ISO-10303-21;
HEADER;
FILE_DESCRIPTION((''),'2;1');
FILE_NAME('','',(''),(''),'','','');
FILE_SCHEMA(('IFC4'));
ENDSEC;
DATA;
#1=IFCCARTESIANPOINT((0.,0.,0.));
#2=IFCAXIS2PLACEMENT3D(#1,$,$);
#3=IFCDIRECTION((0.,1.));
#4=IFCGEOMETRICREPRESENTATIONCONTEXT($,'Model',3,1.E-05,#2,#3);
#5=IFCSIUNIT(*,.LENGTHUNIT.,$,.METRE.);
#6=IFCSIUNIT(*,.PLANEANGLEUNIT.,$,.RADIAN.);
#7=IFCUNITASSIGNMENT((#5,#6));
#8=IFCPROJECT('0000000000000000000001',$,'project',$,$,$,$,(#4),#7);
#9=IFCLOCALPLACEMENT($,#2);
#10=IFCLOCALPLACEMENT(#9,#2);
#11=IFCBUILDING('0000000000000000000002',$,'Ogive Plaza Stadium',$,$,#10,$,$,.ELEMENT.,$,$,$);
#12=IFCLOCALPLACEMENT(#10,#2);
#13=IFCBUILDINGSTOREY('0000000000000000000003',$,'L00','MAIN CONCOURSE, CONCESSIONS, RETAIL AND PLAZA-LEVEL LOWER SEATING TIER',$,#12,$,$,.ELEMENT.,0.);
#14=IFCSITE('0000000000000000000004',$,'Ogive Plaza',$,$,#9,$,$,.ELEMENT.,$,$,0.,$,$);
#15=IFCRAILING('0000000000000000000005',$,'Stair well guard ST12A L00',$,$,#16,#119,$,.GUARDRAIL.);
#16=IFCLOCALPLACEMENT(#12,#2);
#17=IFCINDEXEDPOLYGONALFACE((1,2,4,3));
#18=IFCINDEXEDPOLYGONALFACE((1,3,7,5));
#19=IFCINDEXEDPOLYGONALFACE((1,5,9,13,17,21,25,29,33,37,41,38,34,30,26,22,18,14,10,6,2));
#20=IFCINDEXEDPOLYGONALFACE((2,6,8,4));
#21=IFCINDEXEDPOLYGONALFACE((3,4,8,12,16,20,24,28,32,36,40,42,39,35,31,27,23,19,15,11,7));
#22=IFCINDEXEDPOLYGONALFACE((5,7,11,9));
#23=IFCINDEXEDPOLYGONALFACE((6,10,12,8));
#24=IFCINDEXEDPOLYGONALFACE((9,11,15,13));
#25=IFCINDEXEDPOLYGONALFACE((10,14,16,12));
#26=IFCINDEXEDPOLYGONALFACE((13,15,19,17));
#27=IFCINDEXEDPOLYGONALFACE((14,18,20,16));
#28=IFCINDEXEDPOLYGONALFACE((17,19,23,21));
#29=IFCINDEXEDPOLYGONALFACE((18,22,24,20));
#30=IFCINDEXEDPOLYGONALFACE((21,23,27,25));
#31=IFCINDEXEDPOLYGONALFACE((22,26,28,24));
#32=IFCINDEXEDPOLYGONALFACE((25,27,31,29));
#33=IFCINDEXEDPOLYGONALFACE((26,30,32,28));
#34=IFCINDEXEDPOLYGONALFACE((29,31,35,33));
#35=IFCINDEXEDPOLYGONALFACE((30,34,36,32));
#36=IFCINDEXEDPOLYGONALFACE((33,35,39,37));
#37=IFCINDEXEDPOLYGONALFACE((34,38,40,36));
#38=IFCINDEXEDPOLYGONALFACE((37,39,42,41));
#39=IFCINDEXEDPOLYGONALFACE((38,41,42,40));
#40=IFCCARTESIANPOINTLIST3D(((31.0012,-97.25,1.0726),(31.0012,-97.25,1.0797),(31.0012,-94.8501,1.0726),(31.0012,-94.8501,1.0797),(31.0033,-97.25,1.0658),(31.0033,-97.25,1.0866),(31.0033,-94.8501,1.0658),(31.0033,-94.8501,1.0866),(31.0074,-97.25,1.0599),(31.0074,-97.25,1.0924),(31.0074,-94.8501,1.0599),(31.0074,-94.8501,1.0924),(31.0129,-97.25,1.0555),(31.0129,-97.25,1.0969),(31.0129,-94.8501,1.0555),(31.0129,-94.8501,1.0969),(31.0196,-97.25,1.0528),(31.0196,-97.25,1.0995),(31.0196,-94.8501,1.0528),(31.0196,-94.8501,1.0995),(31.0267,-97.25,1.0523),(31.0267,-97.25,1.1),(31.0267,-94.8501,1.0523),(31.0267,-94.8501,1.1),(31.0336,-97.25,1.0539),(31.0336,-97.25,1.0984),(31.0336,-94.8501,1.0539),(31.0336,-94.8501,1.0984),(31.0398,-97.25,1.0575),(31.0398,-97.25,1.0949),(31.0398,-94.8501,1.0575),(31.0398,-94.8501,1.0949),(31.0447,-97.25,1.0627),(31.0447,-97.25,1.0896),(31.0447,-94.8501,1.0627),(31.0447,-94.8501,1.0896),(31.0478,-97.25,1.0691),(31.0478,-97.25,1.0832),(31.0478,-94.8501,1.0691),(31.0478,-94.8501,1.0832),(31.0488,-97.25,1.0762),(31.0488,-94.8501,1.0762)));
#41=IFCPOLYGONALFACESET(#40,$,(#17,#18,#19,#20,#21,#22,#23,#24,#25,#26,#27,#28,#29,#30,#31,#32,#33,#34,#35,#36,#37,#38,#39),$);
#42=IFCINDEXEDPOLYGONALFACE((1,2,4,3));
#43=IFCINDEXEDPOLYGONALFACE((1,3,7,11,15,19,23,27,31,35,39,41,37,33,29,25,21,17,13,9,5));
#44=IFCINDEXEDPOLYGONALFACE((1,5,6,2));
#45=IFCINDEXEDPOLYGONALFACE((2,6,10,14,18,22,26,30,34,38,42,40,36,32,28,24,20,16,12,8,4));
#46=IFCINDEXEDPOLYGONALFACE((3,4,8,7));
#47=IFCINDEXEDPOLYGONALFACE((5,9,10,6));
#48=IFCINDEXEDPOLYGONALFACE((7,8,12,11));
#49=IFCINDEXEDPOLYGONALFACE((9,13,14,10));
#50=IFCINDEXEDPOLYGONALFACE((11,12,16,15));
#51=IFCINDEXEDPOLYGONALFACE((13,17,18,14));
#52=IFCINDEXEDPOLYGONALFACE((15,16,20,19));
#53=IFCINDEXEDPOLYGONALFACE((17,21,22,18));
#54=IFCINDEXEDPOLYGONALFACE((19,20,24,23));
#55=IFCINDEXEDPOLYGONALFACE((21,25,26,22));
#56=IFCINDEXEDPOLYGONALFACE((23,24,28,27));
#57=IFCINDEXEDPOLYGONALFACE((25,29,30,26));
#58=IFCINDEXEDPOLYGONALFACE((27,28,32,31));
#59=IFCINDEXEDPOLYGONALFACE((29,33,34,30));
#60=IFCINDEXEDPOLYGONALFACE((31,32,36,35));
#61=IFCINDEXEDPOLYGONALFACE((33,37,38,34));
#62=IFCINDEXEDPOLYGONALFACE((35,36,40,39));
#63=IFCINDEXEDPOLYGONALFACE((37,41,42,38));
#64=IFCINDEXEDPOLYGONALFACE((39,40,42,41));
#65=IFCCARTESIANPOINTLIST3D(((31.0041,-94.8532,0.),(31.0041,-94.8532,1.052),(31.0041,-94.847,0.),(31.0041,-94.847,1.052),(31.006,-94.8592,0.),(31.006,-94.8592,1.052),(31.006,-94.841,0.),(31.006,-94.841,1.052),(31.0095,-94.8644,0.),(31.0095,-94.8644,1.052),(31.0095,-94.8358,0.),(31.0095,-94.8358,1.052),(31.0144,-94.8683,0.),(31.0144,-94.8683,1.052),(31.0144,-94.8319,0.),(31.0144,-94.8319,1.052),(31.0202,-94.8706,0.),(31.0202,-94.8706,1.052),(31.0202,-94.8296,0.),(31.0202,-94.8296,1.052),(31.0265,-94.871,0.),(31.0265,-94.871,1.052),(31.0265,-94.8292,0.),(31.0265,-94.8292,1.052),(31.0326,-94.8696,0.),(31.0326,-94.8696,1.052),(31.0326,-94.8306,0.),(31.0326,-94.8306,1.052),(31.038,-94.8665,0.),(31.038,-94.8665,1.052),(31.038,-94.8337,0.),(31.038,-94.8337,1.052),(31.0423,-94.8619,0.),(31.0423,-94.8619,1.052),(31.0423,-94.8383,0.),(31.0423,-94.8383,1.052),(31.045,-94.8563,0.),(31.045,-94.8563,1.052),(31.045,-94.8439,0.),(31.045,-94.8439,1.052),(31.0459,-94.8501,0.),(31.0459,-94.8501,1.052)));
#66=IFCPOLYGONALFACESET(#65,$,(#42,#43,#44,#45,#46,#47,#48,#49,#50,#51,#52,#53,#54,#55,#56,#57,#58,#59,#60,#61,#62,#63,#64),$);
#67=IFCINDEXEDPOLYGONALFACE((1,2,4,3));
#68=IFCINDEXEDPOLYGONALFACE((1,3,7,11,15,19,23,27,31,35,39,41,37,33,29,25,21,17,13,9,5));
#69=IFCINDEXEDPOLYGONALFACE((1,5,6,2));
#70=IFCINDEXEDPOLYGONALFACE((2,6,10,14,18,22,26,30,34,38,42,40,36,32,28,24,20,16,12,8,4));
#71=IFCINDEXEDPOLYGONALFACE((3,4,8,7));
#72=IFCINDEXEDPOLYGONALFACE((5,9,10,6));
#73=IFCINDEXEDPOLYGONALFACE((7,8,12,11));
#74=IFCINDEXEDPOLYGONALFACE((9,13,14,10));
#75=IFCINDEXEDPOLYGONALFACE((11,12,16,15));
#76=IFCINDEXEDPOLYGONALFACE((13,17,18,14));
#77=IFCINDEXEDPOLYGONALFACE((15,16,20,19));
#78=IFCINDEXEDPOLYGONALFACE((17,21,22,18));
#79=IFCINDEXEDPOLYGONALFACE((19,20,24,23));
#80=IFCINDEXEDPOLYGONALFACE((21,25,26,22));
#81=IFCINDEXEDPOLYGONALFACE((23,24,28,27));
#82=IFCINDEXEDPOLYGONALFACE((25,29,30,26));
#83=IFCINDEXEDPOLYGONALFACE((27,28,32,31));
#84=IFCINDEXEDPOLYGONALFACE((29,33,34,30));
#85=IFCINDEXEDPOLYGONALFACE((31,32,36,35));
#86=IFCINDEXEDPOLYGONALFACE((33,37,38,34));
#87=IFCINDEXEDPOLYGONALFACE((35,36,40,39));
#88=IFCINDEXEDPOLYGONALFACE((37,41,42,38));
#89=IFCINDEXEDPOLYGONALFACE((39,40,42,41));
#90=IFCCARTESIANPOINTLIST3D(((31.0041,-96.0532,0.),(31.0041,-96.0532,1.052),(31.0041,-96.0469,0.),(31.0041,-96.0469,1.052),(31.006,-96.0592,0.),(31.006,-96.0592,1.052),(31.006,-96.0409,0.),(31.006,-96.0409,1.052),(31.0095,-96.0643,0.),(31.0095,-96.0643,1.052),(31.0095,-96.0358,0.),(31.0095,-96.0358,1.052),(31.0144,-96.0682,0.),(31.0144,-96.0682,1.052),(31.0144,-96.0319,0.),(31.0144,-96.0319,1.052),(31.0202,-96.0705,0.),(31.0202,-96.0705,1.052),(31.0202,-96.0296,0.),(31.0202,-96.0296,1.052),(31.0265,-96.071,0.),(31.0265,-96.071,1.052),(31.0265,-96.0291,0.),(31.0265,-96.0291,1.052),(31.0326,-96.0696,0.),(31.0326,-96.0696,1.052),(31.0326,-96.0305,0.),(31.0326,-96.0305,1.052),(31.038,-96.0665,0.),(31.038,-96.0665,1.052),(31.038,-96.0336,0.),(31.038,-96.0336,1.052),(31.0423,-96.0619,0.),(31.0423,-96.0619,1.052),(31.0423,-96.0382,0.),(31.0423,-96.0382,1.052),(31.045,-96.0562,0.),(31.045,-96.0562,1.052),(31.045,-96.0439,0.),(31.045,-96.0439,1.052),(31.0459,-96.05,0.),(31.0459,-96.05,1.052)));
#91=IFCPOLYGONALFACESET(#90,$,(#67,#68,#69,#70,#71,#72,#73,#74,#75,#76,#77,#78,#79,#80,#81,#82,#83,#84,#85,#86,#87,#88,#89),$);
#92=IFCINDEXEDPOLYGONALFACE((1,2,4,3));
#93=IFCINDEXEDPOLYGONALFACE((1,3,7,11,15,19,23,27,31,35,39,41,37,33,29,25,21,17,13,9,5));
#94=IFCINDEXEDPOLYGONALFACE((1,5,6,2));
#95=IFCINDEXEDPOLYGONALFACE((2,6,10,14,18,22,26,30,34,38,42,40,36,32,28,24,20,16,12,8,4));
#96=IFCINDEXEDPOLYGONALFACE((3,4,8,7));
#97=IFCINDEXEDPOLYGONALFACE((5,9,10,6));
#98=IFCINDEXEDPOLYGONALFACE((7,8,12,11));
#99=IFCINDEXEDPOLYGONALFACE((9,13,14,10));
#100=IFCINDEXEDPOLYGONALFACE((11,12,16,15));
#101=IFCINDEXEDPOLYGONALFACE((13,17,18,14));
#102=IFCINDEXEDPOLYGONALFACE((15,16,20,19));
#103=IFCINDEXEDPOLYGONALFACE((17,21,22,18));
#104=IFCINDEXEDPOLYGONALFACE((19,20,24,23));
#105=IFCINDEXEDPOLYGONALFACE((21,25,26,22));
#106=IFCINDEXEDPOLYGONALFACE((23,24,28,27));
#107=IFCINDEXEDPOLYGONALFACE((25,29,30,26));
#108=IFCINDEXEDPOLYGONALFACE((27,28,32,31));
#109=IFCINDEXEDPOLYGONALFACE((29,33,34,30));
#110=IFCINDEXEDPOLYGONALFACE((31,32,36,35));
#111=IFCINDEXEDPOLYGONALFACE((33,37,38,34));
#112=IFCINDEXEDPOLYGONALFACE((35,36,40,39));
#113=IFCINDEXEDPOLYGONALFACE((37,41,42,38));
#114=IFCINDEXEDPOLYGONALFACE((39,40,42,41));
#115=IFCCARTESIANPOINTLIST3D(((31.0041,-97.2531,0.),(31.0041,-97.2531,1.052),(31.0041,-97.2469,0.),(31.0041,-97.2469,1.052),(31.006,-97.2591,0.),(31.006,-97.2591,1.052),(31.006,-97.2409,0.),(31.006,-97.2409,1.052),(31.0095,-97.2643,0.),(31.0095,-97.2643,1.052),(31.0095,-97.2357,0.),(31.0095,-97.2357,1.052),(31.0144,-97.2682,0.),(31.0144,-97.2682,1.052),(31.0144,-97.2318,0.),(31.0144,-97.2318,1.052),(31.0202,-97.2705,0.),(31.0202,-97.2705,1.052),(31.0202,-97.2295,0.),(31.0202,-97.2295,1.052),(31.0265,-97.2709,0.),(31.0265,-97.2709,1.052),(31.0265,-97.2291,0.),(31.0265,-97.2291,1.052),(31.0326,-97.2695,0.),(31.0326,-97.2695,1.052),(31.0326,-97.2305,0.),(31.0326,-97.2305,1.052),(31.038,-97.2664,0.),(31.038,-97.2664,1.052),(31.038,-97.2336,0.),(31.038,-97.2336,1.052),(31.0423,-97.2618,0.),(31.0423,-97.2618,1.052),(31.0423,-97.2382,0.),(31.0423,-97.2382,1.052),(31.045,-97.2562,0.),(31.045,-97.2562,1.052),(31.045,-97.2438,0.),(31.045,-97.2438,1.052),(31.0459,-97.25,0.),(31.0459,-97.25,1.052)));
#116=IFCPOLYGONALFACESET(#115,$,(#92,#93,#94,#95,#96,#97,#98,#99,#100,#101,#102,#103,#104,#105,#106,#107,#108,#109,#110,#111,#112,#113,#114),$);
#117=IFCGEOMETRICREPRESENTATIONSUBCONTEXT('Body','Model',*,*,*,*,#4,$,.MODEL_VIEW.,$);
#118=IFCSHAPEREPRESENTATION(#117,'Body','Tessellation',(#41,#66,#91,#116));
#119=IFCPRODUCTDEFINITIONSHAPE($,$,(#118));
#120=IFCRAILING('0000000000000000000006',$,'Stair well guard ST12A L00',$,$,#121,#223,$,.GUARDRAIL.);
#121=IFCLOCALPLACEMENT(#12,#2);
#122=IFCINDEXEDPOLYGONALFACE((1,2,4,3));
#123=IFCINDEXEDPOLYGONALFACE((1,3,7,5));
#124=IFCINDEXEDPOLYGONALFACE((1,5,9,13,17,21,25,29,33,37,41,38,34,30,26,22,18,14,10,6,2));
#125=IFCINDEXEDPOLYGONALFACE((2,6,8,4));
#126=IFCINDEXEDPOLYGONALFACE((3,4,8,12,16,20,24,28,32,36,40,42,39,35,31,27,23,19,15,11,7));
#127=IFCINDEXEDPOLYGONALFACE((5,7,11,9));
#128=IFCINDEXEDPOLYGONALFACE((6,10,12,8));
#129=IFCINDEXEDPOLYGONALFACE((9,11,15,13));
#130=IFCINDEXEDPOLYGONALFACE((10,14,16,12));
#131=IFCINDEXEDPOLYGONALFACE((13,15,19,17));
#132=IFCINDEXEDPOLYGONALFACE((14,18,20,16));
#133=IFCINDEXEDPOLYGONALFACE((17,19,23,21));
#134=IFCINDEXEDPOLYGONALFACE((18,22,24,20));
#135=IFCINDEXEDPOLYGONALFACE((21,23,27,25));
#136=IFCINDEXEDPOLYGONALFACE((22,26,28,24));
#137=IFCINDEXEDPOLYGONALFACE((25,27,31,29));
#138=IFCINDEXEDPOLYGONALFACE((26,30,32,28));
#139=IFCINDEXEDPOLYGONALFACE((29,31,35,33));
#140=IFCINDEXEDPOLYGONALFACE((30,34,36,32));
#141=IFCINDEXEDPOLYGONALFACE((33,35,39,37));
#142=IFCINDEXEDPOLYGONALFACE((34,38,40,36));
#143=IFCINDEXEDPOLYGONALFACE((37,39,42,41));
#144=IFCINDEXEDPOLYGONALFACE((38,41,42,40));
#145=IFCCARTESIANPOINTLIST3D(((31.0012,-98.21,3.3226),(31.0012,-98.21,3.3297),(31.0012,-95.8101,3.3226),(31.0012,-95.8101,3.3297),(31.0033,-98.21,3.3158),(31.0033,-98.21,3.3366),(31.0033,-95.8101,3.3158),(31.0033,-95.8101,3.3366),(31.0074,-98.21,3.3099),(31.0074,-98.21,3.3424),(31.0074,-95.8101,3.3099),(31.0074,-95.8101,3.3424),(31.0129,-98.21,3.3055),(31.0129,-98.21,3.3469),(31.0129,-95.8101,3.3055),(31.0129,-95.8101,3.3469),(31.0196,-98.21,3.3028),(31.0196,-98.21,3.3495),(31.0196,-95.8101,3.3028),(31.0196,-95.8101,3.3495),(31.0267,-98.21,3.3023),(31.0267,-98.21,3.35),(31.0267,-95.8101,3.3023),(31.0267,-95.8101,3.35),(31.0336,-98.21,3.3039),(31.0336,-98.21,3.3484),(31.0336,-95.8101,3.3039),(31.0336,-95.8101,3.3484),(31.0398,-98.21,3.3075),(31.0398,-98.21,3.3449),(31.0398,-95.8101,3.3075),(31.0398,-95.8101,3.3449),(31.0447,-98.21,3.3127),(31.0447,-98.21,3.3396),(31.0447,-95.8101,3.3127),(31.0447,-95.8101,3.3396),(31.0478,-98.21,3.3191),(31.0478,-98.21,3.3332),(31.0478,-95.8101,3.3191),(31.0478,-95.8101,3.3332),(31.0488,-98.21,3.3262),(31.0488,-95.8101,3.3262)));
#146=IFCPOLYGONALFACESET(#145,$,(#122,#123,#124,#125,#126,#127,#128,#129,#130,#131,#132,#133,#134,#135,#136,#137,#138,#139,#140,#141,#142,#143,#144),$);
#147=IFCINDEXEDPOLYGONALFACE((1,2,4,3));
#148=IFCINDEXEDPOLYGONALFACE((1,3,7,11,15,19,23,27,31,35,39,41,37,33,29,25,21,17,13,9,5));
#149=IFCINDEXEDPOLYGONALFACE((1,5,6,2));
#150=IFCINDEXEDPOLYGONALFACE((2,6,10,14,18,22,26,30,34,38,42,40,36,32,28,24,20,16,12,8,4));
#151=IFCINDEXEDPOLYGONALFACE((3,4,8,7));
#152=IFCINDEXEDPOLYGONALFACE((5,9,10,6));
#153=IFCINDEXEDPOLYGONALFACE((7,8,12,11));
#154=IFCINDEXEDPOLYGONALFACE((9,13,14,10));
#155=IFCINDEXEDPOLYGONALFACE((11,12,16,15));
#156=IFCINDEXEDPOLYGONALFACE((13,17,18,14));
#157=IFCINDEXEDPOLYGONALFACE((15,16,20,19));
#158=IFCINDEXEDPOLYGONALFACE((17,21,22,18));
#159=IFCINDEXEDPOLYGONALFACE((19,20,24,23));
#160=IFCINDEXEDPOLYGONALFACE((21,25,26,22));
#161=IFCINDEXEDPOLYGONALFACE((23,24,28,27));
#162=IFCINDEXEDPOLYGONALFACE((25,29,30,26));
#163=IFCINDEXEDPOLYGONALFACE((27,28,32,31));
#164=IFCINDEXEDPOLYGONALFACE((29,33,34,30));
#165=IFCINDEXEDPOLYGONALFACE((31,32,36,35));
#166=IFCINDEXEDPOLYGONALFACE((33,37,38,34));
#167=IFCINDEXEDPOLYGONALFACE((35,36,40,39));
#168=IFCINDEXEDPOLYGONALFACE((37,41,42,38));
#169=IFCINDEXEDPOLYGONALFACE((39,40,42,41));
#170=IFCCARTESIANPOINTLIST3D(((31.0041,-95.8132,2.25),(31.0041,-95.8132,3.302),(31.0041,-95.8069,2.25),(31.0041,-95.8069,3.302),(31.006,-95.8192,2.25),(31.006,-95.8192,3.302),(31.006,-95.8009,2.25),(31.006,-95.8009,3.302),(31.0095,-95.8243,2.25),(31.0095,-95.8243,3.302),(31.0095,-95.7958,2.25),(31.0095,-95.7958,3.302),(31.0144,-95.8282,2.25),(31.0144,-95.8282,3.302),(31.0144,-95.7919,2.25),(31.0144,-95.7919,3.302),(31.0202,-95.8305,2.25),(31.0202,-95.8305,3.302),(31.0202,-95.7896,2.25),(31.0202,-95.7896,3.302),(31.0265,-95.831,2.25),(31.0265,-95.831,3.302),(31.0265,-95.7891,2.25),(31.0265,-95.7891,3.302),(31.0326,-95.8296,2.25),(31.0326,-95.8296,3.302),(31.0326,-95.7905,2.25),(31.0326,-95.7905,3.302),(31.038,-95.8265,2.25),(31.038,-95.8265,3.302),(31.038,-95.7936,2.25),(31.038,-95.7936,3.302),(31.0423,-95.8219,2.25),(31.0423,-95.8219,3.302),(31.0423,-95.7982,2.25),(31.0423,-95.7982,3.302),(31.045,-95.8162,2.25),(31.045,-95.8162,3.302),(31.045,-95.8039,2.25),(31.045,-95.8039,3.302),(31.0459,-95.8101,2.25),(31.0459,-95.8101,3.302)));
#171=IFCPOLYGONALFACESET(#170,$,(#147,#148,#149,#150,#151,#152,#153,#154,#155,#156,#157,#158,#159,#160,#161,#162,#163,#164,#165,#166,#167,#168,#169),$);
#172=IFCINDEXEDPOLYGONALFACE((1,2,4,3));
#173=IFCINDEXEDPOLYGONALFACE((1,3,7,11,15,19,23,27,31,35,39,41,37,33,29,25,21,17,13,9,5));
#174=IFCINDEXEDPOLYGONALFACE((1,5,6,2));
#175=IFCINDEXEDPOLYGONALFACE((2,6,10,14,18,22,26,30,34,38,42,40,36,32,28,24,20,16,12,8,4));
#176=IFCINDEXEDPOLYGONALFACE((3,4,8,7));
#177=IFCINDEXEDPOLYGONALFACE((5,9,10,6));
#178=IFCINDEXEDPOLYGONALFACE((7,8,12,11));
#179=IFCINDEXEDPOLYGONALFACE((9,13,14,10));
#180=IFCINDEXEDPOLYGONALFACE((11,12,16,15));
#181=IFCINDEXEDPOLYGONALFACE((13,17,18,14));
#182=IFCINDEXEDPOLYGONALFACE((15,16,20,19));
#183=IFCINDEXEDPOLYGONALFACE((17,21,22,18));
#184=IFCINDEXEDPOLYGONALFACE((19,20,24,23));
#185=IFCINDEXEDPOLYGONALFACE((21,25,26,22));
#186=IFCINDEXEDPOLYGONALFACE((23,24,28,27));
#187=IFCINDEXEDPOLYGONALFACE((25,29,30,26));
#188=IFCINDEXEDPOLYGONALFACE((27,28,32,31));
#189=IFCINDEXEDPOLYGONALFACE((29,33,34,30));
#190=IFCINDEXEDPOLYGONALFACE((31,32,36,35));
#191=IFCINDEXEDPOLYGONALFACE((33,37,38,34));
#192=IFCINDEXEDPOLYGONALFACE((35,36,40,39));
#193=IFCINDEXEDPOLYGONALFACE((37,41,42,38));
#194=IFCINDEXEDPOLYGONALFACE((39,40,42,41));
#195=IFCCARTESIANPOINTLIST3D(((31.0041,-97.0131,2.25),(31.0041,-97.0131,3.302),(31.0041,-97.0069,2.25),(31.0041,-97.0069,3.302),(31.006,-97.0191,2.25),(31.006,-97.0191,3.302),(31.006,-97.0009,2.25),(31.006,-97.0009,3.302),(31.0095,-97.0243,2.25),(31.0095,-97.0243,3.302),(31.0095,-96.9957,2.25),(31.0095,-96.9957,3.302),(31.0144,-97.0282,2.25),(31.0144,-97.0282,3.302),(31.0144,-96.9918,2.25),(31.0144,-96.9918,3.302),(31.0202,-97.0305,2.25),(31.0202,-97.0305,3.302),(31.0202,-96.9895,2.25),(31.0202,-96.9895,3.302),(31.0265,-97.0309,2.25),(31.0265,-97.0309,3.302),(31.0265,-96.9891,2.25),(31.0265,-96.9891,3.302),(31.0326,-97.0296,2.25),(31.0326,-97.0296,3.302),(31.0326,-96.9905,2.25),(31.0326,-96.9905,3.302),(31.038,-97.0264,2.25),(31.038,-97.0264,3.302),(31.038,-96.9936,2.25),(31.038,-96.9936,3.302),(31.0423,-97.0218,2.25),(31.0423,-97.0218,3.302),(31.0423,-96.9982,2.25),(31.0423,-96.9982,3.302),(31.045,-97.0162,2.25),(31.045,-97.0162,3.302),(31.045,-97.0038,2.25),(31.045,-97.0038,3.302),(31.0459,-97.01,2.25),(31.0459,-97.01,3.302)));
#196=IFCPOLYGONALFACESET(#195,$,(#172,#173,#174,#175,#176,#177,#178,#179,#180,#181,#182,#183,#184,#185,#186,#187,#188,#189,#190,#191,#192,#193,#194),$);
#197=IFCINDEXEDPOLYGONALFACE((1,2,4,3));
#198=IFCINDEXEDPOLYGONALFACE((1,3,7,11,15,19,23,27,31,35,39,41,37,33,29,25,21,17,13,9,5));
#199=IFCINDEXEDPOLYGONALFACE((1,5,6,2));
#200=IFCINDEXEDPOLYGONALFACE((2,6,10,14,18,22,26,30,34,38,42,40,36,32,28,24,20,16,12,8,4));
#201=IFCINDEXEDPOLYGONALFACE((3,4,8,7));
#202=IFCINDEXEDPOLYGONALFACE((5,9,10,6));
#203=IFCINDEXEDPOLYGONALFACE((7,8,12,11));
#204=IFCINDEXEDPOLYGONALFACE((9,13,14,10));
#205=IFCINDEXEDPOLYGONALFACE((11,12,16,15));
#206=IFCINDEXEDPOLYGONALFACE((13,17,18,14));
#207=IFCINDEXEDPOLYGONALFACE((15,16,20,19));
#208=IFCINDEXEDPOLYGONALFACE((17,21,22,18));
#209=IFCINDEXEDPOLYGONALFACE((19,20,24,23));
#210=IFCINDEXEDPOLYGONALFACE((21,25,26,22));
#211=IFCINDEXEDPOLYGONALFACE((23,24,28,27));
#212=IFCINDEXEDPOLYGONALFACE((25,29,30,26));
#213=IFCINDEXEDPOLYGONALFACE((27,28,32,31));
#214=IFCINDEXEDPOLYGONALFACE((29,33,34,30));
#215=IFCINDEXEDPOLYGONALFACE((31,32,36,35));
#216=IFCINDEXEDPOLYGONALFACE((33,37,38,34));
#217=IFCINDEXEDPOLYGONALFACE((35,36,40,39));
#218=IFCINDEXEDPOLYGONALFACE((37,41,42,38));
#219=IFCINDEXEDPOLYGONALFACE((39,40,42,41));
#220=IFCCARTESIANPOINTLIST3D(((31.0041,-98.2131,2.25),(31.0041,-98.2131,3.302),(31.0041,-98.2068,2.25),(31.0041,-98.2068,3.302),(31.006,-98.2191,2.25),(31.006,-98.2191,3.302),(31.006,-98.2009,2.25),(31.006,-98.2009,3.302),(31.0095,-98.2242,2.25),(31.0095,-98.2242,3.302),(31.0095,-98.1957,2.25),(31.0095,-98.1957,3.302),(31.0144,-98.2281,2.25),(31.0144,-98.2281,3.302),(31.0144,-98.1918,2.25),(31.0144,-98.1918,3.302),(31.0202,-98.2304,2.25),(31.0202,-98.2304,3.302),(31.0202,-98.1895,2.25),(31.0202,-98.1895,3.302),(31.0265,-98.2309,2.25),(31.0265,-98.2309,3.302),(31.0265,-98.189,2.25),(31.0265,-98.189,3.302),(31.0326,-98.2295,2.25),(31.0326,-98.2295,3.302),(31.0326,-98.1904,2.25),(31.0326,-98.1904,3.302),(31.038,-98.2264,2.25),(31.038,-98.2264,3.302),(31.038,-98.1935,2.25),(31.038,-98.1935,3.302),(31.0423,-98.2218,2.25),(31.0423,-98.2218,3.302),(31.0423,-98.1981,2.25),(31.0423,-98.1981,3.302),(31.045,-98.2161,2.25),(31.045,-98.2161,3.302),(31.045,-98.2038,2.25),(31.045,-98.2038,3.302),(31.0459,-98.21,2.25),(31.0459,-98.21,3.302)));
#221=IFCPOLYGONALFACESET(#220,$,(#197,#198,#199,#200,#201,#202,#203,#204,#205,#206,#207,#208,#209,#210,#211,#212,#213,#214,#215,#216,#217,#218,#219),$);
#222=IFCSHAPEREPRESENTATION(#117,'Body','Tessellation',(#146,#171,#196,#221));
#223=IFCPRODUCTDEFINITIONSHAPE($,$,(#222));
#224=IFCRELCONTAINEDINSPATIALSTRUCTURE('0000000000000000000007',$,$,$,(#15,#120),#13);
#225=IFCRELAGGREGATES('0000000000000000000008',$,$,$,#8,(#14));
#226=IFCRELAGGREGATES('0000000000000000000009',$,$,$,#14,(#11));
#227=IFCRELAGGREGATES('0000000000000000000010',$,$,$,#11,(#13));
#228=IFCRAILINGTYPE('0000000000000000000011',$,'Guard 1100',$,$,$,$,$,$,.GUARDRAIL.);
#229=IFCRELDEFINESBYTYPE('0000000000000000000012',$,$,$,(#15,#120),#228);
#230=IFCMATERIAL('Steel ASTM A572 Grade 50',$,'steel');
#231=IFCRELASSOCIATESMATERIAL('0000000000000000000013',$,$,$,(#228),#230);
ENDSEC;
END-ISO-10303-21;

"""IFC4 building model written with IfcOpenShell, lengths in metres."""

from ifc_helpers import new_model, si_unit, direction, frame, origin, origin_2d, place, context, subcontext, project, spatial, circle, extrude, material, type_object, element, save


model = new_model("IFC4")

# Units and contexts
model_context = context("Model", 3, precision=1e-05, world=origin(), true_north=direction((0.0, 1.0)))
body_context = subcontext(model_context, "Body", "Model", "MODEL_VIEW")
ifc_project = project(units=[si_unit("LENGTHUNIT", "METRE"), si_unit("PLANEANGLEUNIT", "RADIAN")], contexts=[model_context])

# Site, building, storey
site_placement = place(None, origin())
site = spatial("IfcSite", under=ifc_project, at=site_placement, Name="Ogive Plaza", CompositionType="ELEMENT", RefElevation=0.0)
building_placement = place(site_placement, origin())
building = spatial("IfcBuilding", under=site, at=building_placement, Name="Ogive Plaza Stadium", CompositionType="ELEMENT")
storey_placement = place(building_placement, origin())
storey = spatial("IfcBuildingStorey", under=building, at=storey_placement, Name="L00", Description="MAIN CONCOURSE, CONCESSIONS, RETAIL AND PLAZA-LEVEL LOWER SEATING TIER", CompositionType="ELEMENT", Elevation=0.0)

# Railings
ifc_material_1 = material(Name="Steel ASTM A572 Grade 50", Category="steel")
railing_type_1 = type_object("IfcRailingType", Name="Guard 1100", PredefinedType="GUARDRAIL", material=ifc_material_1)
for number, where, name in (
    (1, (31.0249, -94.8501, 0.0), "Stair well guard ST12A L00"),
    (2, (31.0249, -95.8101, 2.25), "Stair well guard ST12A L00"),
):
    element("IfcRailing", number, at=place(storey_placement, frame(where)), inside=storey, type_object=railing_type_1, Name=name, PredefinedType="GUARDRAIL", context=body_context, shape_type="SweptSolid", body=[
        extrude(circle(Radius=0.0239, at=origin_2d()), frame((0.0, 0.0, 1.0762), z_axis=(0.0, -1.0, 0.0), x_axis=(1.0, 0.0, 0.0)), (0.0, 0.0, 1.0), 2.3999),
        extrude(circle(Radius=0.021, at=origin_2d()), origin(), (0.0, 0.0, 1.0), 1.052),
        extrude(circle(Radius=0.021, at=origin_2d()), frame((0.0, -1.2, 0.0)), (0.0, 0.0, 1.0), 1.052),
        extrude(circle(Radius=0.021, at=origin_2d()), frame((0.0, -2.3999, 0.0)), (0.0, 0.0, 1.0), 1.052),
    ])

save(model, "model.ifc")
